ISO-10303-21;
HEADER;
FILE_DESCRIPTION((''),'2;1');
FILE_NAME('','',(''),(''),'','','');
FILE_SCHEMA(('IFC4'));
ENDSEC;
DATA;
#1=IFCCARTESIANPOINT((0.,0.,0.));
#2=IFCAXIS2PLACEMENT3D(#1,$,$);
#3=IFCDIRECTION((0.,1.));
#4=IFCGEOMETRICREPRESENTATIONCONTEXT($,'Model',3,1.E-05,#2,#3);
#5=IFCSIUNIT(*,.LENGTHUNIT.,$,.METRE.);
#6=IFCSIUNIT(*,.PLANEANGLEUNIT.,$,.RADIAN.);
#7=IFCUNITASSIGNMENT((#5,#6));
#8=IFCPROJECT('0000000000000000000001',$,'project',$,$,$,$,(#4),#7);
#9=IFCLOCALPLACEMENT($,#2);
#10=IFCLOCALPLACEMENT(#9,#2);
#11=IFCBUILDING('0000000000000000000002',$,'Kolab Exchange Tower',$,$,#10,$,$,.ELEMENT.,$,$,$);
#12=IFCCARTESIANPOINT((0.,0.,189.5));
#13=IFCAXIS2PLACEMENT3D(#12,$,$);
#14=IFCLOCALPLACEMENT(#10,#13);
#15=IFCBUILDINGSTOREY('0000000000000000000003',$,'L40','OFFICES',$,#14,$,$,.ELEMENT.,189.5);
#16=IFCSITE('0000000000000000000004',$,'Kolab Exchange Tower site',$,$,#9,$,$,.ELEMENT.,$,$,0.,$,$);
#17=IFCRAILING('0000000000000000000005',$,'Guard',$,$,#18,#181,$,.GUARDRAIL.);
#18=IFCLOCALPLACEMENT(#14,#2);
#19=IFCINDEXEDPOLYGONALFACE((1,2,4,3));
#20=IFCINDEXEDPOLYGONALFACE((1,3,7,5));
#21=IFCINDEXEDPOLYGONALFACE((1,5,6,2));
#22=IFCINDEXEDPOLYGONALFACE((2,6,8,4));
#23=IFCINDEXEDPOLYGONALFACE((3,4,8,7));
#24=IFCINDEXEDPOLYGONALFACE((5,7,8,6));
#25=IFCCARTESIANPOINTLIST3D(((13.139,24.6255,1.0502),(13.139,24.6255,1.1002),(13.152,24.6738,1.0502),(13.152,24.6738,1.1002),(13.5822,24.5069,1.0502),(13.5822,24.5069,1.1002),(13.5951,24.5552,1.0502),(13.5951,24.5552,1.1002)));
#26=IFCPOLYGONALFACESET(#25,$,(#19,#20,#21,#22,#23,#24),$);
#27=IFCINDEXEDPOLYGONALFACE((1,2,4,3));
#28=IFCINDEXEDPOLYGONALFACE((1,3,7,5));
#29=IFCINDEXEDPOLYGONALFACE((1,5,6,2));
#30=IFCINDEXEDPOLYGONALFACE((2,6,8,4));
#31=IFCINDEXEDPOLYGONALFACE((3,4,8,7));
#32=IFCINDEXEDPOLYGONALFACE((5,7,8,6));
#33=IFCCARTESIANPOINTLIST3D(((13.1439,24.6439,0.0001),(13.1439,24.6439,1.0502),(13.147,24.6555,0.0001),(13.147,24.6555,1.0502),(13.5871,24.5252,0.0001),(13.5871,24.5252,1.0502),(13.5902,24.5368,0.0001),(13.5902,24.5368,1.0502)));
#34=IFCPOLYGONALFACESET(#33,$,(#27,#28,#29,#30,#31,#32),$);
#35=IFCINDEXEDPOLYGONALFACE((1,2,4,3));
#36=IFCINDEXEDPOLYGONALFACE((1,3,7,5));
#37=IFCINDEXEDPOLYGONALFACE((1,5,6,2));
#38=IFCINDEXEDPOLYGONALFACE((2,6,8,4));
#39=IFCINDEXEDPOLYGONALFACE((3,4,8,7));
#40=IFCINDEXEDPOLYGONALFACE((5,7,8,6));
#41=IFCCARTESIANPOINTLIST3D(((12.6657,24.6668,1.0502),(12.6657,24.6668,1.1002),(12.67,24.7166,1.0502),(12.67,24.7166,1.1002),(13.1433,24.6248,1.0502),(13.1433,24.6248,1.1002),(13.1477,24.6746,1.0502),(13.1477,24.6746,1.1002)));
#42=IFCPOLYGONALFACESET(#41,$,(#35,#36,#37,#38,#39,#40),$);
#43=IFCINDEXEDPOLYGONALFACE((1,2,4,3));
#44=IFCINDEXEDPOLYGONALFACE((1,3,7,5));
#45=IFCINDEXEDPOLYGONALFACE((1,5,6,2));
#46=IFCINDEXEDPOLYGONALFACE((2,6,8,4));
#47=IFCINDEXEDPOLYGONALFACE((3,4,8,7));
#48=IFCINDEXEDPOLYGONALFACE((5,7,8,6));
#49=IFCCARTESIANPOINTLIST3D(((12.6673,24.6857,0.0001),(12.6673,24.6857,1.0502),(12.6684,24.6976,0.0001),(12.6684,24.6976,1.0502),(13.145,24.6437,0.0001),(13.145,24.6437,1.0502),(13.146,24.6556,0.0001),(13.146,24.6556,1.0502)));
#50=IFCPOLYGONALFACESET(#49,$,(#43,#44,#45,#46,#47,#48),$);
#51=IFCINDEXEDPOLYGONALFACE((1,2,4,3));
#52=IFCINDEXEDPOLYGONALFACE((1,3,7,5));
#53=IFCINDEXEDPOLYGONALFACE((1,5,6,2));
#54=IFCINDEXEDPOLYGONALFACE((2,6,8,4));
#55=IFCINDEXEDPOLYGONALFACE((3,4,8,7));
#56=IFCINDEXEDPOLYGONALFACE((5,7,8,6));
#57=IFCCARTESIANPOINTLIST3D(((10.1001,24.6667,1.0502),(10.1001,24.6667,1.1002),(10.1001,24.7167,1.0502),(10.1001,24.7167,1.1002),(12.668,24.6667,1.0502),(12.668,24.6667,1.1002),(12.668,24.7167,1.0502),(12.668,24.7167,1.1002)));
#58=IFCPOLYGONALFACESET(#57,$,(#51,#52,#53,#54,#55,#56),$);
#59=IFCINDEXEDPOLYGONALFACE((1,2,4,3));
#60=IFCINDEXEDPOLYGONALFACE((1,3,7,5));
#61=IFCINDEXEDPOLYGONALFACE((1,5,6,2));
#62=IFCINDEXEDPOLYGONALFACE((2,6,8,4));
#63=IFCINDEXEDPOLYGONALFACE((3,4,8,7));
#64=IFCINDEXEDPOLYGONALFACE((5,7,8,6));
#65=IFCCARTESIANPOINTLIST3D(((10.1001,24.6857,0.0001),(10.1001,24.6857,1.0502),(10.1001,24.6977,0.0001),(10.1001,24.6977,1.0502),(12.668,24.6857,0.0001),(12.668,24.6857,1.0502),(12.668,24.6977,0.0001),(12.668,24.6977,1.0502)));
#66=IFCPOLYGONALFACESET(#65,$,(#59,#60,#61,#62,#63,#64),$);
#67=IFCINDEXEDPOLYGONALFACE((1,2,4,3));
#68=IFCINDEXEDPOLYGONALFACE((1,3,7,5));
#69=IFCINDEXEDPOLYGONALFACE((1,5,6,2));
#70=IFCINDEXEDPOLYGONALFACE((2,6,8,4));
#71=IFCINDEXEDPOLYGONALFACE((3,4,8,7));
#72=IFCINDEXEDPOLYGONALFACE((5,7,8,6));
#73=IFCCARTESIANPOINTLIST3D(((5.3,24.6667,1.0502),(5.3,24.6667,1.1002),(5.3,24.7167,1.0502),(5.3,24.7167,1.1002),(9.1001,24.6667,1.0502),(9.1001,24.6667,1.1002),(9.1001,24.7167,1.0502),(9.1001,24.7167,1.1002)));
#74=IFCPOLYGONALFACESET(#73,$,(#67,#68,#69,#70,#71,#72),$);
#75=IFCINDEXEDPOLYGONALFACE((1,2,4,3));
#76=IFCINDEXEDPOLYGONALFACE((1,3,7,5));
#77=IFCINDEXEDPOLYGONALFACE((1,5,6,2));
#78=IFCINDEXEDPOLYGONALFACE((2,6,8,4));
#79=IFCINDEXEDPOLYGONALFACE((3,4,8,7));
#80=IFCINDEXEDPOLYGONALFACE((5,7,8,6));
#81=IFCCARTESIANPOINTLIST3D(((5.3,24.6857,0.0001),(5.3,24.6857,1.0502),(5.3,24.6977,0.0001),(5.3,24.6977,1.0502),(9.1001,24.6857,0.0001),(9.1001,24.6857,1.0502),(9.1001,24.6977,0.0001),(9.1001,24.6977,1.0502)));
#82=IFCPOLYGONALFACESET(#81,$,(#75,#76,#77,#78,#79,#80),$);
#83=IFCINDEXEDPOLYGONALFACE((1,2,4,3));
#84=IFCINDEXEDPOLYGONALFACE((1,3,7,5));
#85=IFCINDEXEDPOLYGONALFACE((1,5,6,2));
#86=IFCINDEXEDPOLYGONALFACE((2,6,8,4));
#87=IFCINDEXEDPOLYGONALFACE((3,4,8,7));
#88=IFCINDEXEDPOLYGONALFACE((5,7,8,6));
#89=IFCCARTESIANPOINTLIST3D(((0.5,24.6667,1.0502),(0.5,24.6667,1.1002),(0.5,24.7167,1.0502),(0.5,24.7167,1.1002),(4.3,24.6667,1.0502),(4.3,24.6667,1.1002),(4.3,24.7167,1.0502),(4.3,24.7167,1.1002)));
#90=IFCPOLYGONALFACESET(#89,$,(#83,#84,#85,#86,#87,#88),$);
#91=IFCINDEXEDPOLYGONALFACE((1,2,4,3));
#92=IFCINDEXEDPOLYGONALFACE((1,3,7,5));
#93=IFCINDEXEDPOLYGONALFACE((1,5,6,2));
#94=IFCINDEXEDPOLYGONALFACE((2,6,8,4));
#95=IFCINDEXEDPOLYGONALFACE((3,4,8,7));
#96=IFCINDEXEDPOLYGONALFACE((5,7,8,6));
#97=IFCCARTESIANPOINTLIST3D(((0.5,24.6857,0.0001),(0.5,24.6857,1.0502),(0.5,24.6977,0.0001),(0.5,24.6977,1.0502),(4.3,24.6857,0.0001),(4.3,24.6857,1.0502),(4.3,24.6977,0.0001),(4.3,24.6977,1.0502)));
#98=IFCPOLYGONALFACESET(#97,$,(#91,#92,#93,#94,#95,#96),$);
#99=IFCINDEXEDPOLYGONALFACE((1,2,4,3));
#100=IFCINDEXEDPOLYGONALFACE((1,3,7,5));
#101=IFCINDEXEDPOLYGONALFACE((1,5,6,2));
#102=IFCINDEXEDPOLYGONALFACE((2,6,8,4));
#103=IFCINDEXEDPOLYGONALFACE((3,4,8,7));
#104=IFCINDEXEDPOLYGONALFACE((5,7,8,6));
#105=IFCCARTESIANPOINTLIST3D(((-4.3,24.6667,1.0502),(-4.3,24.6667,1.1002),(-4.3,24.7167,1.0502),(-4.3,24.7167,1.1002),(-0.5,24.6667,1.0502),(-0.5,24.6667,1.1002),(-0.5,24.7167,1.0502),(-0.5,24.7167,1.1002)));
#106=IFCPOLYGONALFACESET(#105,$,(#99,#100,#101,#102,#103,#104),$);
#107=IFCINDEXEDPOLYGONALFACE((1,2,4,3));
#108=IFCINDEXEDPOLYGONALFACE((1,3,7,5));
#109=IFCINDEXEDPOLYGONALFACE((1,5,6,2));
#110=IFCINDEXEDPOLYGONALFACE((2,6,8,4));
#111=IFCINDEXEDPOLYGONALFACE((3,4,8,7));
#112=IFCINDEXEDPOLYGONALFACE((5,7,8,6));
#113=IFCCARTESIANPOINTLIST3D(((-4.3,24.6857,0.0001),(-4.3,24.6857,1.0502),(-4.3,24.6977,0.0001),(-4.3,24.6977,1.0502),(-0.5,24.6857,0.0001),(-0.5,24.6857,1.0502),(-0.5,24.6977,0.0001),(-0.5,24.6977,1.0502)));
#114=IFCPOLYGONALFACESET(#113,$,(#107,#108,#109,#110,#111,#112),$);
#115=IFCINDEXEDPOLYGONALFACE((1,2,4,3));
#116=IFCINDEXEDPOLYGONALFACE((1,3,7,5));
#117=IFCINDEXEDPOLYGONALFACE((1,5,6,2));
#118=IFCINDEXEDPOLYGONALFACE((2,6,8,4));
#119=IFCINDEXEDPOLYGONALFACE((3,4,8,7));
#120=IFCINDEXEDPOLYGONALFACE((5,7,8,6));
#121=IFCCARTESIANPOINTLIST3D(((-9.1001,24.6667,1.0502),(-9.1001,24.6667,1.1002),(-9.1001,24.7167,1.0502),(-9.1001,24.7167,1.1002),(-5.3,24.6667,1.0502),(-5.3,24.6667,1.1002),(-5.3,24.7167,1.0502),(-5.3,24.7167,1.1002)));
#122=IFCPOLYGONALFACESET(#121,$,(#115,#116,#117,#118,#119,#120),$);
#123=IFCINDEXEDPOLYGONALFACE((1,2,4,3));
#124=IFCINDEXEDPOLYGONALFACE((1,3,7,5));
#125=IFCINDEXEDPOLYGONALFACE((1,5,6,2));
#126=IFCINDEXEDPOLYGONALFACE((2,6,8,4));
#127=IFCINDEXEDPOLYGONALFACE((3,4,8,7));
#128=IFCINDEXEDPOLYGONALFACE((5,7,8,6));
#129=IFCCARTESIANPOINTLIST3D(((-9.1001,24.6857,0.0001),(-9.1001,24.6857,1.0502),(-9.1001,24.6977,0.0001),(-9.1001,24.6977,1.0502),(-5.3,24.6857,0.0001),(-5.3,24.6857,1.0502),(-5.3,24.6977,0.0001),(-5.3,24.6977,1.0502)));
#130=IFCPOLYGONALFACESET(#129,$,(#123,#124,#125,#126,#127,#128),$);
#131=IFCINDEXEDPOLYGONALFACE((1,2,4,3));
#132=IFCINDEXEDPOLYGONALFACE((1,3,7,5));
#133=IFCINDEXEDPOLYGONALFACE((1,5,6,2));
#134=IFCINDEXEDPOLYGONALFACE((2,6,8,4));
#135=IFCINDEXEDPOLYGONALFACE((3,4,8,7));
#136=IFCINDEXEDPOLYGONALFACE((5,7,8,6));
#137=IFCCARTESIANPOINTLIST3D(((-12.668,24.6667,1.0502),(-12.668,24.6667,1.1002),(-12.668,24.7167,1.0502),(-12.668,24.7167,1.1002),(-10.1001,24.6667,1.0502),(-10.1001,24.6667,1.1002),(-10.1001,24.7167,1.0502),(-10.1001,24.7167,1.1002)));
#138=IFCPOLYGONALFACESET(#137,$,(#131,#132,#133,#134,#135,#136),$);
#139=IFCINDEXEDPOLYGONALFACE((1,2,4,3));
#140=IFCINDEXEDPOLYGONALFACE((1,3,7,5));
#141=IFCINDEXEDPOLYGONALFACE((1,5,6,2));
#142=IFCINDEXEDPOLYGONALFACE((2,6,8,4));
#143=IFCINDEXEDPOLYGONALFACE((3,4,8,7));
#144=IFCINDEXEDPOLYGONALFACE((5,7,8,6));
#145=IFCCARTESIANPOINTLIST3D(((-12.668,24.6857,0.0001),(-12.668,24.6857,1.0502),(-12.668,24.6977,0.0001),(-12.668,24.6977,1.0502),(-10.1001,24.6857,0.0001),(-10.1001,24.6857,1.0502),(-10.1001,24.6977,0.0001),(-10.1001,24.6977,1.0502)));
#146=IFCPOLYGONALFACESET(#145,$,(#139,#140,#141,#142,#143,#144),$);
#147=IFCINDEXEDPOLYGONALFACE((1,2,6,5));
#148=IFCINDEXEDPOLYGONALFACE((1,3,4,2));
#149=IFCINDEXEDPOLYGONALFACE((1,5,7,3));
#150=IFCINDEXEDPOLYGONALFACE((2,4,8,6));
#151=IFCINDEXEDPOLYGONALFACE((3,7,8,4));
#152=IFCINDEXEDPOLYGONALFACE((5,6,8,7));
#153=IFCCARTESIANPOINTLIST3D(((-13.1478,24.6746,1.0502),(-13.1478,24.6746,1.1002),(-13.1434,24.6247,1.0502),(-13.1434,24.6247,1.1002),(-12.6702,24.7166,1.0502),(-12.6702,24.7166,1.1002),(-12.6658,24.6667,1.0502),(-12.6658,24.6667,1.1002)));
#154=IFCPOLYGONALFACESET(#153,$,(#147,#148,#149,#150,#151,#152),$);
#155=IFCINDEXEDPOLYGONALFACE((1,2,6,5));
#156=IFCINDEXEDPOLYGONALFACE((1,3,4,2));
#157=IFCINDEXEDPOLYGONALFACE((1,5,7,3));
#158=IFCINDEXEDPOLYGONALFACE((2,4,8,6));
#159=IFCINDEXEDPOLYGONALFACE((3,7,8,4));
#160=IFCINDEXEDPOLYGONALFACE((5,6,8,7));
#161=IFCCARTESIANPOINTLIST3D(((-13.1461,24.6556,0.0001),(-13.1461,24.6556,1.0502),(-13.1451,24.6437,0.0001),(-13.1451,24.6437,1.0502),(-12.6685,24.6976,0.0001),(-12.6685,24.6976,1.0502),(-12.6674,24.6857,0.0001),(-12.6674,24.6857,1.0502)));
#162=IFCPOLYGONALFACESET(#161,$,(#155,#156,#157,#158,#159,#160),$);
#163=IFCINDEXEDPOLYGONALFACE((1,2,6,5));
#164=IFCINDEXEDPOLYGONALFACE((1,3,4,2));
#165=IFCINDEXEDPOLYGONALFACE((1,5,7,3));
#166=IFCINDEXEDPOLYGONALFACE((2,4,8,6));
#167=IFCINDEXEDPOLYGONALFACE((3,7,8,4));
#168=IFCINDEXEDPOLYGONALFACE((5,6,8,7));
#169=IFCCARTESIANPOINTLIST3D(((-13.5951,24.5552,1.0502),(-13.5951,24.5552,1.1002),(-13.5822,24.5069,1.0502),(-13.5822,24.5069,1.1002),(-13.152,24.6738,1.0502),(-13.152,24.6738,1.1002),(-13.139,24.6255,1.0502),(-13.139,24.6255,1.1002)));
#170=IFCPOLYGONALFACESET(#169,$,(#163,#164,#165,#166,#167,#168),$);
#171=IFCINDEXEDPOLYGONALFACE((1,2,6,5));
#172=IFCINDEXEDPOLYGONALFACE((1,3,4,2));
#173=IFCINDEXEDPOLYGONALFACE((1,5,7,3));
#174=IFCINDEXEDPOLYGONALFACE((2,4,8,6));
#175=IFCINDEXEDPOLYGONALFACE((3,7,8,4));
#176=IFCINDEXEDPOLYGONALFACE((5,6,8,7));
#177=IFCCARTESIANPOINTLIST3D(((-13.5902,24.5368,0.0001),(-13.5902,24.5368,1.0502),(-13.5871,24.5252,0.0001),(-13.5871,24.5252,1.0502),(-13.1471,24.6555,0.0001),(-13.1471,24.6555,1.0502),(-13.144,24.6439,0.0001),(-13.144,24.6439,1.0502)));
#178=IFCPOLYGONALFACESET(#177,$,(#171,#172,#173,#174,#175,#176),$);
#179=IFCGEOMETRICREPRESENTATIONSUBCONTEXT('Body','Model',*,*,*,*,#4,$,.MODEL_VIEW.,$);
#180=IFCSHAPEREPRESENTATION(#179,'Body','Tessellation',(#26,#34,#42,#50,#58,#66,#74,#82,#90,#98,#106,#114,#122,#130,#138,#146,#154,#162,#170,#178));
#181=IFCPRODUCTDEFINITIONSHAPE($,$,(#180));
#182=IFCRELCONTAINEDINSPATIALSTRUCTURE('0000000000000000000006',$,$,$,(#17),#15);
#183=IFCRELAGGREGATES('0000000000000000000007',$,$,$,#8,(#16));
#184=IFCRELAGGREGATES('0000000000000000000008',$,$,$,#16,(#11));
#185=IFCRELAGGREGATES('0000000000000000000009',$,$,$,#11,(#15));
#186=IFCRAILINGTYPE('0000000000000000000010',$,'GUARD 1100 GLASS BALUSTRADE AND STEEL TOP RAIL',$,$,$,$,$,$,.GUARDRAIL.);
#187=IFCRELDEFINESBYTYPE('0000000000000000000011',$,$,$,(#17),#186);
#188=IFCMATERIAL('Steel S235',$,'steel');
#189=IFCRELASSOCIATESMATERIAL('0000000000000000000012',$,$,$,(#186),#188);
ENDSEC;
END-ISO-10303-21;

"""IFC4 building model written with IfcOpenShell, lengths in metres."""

from ifc_helpers import new_model, si_unit, direction, frame, frame_2d, origin, origin_2d, place, context, subcontext, project, spatial, rectangle, extrude, material, type_object, element, save


model = new_model("IFC4")

# Units and contexts
model_context = context("Model", 3, precision=1e-05, world=origin(), true_north=direction((0.0, 1.0)))
body_context = subcontext(model_context, "Body", "Model", "MODEL_VIEW")
ifc_project = project(units=[si_unit("LENGTHUNIT", "METRE"), si_unit("PLANEANGLEUNIT", "RADIAN")], contexts=[model_context])

# Site, building, storey
site_placement = place(None, origin())
site = spatial("IfcSite", under=ifc_project, at=site_placement, Name="Kolab Exchange Tower site", CompositionType="ELEMENT", RefElevation=0.0)
building_placement = place(site_placement, origin())
building = spatial("IfcBuilding", under=site, at=building_placement, Name="Kolab Exchange Tower", CompositionType="ELEMENT")
storey_placement = place(building_placement, frame((0.0, 0.0, 189.5)))
storey = spatial("IfcBuildingStorey", under=building, at=storey_placement, Name="L40", Description="OFFICES", CompositionType="ELEMENT", Elevation=189.5)

# Railing
ifc_material_1 = material(Name="Steel S235", Category="steel")
railing_type = type_object("IfcRailingType", Name="GUARD 1100 GLASS BALUSTRADE AND STEEL TOP RAIL", PredefinedType="GUARDRAIL", material=ifc_material_1)
railing_placement = place(storey_placement, frame((13.5886, 24.531, 0.0)))
element("IfcRailing", 1, at=railing_placement, inside=storey, type_object=railing_type, Name="Guard", PredefinedType="GUARDRAIL", context=body_context, shape_type="SweptSolid", body=[
    extrude(rectangle(XDim=0.05, YDim=0.05, at=origin_2d()), frame((0.0, 0.0, 1.0752), z_axis=(-0.965969, 0.258656, 0.0), x_axis=(-0.258656, -0.965969, 0.0)), (0.0, 0.0, 1.0), 0.4587),
    extrude(rectangle(XDim=0.012, YDim=1.0501, at=frame_2d((0.0, 0.5251))), frame((0.0, 0.0, 0.0), z_axis=(-0.965969, 0.258656, 0.0), x_axis=(-0.258656, -0.965969, 0.0)), (0.0, 0.0, 1.0), 0.4587),
    extrude(rectangle(XDim=0.05, YDim=0.05, at=origin_2d()), frame((-0.4431, 0.1187, 1.0752), z_axis=(-0.996156, 0.087597, 0.0), x_axis=(-0.087597, -0.996156, 0.0)), (0.0, 0.0, 1.0), 0.4795),
    extrude(rectangle(XDim=0.012, YDim=1.0501, at=frame_2d((0.0, 0.5251))), frame((-0.4431, 0.1187, 0.0), z_axis=(-0.996156, 0.087597, 0.0), x_axis=(-0.087597, -0.996156, 0.0)), (0.0, 0.0, 1.0), 0.4795),
    extrude(rectangle(XDim=0.05, YDim=0.05, at=origin_2d()), frame((-0.9207, 0.1606, 1.0752), z_axis=(-1.0, 0.0, 0.0), x_axis=(0.0, -1.0, 0.0)), (0.0, 0.0, 1.0), 2.5679),
    extrude(rectangle(XDim=0.012, YDim=1.0501, at=frame_2d((0.0, 0.5251))), frame((-0.9207, 0.1606, 0.0), z_axis=(-1.0, 0.0, 0.0), x_axis=(0.0, -1.0, 0.0)), (0.0, 0.0, 1.0), 2.5679),
    extrude(rectangle(XDim=0.05, YDim=0.05, at=origin_2d()), frame((-4.4885, 0.1606, 1.0752), z_axis=(-1.0, 0.0, 0.0), x_axis=(0.0, -1.0, 0.0)), (0.0, 0.0, 1.0), 3.8),
    extrude(rectangle(XDim=0.012, YDim=1.0501, at=frame_2d((0.0, 0.5251))), frame((-4.4885, 0.1606, 0.0), z_axis=(-1.0, 0.0, 0.0), x_axis=(0.0, -1.0, 0.0)), (0.0, 0.0, 1.0), 3.8),
    extrude(rectangle(XDim=0.05, YDim=0.05, at=origin_2d()), frame((-9.2886, 0.1606, 1.0752), z_axis=(-1.0, 0.0, 0.0), x_axis=(0.0, -1.0, 0.0)), (0.0, 0.0, 1.0), 3.8),
    extrude(rectangle(XDim=0.012, YDim=1.0501, at=frame_2d((0.0, 0.5251))), frame((-9.2886, 0.1606, 0.0), z_axis=(-1.0, 0.0, 0.0), x_axis=(0.0, -1.0, 0.0)), (0.0, 0.0, 1.0), 3.8),
    extrude(rectangle(XDim=0.05, YDim=0.05, at=origin_2d()), frame((-14.0886, 0.1606, 1.0752), z_axis=(-1.0, 0.0, 0.0), x_axis=(0.0, -1.0, 0.0)), (0.0, 0.0, 1.0), 3.8),
    extrude(rectangle(XDim=0.012, YDim=1.0501, at=frame_2d((0.0, 0.5251))), frame((-14.0886, 0.1606, 0.0), z_axis=(-1.0, 0.0, 0.0), x_axis=(0.0, -1.0, 0.0)), (0.0, 0.0, 1.0), 3.8),
    extrude(rectangle(XDim=0.05, YDim=0.05, at=origin_2d()), frame((-18.8887, 0.1606, 1.0752), z_axis=(-1.0, 0.0, 0.0), x_axis=(0.0, -1.0, 0.0)), (0.0, 0.0, 1.0), 3.8),
    extrude(rectangle(XDim=0.012, YDim=1.0501, at=frame_2d((0.0, 0.5251))), frame((-18.8887, 0.1606, 0.0), z_axis=(-1.0, 0.0, 0.0), x_axis=(0.0, -1.0, 0.0)), (0.0, 0.0, 1.0), 3.8),
    extrude(rectangle(XDim=0.05, YDim=0.05, at=origin_2d()), frame((-23.6887, 0.1606, 1.0752), z_axis=(-1.0, 0.0, 0.0), x_axis=(0.0, -1.0, 0.0)), (0.0, 0.0, 1.0), 2.5679),
    extrude(rectangle(XDim=0.012, YDim=1.0501, at=frame_2d((0.0, 0.5251))), frame((-23.6887, 0.1606, 0.0), z_axis=(-1.0, 0.0, 0.0), x_axis=(0.0, -1.0, 0.0)), (0.0, 0.0, 1.0), 2.5679),
    extrude(rectangle(XDim=0.05, YDim=0.05, at=origin_2d()), frame((-26.2566, 0.1606, 1.0752), z_axis=(-0.996156, -0.087597, 0.0), x_axis=(0.087597, -0.996156, 0.0)), (0.0, 0.0, 1.0), 0.4795),
    extrude(rectangle(XDim=0.012, YDim=1.0501, at=frame_2d((0.0, 0.5251))), frame((-26.2566, 0.1606, 0.0), z_axis=(-0.996156, -0.087597, 0.0), x_axis=(0.087597, -0.996156, 0.0)), (0.0, 0.0, 1.0), 0.4795),
    extrude(rectangle(XDim=0.05, YDim=0.05, at=origin_2d()), frame((-26.7341, 0.1187, 1.0752), z_axis=(-0.965969, -0.258656, 0.0), x_axis=(0.258656, -0.965969, 0.0)), (0.0, 0.0, 1.0), 0.4587),
    extrude(rectangle(XDim=0.012, YDim=1.0501, at=frame_2d((0.0, 0.5251))), frame((-26.7341, 0.1187, 0.0), z_axis=(-0.965969, -0.258656, 0.0), x_axis=(0.258656, -0.965969, 0.0)), (0.0, 0.0, 1.0), 0.4587),
])

save(model, "model.ifc")
